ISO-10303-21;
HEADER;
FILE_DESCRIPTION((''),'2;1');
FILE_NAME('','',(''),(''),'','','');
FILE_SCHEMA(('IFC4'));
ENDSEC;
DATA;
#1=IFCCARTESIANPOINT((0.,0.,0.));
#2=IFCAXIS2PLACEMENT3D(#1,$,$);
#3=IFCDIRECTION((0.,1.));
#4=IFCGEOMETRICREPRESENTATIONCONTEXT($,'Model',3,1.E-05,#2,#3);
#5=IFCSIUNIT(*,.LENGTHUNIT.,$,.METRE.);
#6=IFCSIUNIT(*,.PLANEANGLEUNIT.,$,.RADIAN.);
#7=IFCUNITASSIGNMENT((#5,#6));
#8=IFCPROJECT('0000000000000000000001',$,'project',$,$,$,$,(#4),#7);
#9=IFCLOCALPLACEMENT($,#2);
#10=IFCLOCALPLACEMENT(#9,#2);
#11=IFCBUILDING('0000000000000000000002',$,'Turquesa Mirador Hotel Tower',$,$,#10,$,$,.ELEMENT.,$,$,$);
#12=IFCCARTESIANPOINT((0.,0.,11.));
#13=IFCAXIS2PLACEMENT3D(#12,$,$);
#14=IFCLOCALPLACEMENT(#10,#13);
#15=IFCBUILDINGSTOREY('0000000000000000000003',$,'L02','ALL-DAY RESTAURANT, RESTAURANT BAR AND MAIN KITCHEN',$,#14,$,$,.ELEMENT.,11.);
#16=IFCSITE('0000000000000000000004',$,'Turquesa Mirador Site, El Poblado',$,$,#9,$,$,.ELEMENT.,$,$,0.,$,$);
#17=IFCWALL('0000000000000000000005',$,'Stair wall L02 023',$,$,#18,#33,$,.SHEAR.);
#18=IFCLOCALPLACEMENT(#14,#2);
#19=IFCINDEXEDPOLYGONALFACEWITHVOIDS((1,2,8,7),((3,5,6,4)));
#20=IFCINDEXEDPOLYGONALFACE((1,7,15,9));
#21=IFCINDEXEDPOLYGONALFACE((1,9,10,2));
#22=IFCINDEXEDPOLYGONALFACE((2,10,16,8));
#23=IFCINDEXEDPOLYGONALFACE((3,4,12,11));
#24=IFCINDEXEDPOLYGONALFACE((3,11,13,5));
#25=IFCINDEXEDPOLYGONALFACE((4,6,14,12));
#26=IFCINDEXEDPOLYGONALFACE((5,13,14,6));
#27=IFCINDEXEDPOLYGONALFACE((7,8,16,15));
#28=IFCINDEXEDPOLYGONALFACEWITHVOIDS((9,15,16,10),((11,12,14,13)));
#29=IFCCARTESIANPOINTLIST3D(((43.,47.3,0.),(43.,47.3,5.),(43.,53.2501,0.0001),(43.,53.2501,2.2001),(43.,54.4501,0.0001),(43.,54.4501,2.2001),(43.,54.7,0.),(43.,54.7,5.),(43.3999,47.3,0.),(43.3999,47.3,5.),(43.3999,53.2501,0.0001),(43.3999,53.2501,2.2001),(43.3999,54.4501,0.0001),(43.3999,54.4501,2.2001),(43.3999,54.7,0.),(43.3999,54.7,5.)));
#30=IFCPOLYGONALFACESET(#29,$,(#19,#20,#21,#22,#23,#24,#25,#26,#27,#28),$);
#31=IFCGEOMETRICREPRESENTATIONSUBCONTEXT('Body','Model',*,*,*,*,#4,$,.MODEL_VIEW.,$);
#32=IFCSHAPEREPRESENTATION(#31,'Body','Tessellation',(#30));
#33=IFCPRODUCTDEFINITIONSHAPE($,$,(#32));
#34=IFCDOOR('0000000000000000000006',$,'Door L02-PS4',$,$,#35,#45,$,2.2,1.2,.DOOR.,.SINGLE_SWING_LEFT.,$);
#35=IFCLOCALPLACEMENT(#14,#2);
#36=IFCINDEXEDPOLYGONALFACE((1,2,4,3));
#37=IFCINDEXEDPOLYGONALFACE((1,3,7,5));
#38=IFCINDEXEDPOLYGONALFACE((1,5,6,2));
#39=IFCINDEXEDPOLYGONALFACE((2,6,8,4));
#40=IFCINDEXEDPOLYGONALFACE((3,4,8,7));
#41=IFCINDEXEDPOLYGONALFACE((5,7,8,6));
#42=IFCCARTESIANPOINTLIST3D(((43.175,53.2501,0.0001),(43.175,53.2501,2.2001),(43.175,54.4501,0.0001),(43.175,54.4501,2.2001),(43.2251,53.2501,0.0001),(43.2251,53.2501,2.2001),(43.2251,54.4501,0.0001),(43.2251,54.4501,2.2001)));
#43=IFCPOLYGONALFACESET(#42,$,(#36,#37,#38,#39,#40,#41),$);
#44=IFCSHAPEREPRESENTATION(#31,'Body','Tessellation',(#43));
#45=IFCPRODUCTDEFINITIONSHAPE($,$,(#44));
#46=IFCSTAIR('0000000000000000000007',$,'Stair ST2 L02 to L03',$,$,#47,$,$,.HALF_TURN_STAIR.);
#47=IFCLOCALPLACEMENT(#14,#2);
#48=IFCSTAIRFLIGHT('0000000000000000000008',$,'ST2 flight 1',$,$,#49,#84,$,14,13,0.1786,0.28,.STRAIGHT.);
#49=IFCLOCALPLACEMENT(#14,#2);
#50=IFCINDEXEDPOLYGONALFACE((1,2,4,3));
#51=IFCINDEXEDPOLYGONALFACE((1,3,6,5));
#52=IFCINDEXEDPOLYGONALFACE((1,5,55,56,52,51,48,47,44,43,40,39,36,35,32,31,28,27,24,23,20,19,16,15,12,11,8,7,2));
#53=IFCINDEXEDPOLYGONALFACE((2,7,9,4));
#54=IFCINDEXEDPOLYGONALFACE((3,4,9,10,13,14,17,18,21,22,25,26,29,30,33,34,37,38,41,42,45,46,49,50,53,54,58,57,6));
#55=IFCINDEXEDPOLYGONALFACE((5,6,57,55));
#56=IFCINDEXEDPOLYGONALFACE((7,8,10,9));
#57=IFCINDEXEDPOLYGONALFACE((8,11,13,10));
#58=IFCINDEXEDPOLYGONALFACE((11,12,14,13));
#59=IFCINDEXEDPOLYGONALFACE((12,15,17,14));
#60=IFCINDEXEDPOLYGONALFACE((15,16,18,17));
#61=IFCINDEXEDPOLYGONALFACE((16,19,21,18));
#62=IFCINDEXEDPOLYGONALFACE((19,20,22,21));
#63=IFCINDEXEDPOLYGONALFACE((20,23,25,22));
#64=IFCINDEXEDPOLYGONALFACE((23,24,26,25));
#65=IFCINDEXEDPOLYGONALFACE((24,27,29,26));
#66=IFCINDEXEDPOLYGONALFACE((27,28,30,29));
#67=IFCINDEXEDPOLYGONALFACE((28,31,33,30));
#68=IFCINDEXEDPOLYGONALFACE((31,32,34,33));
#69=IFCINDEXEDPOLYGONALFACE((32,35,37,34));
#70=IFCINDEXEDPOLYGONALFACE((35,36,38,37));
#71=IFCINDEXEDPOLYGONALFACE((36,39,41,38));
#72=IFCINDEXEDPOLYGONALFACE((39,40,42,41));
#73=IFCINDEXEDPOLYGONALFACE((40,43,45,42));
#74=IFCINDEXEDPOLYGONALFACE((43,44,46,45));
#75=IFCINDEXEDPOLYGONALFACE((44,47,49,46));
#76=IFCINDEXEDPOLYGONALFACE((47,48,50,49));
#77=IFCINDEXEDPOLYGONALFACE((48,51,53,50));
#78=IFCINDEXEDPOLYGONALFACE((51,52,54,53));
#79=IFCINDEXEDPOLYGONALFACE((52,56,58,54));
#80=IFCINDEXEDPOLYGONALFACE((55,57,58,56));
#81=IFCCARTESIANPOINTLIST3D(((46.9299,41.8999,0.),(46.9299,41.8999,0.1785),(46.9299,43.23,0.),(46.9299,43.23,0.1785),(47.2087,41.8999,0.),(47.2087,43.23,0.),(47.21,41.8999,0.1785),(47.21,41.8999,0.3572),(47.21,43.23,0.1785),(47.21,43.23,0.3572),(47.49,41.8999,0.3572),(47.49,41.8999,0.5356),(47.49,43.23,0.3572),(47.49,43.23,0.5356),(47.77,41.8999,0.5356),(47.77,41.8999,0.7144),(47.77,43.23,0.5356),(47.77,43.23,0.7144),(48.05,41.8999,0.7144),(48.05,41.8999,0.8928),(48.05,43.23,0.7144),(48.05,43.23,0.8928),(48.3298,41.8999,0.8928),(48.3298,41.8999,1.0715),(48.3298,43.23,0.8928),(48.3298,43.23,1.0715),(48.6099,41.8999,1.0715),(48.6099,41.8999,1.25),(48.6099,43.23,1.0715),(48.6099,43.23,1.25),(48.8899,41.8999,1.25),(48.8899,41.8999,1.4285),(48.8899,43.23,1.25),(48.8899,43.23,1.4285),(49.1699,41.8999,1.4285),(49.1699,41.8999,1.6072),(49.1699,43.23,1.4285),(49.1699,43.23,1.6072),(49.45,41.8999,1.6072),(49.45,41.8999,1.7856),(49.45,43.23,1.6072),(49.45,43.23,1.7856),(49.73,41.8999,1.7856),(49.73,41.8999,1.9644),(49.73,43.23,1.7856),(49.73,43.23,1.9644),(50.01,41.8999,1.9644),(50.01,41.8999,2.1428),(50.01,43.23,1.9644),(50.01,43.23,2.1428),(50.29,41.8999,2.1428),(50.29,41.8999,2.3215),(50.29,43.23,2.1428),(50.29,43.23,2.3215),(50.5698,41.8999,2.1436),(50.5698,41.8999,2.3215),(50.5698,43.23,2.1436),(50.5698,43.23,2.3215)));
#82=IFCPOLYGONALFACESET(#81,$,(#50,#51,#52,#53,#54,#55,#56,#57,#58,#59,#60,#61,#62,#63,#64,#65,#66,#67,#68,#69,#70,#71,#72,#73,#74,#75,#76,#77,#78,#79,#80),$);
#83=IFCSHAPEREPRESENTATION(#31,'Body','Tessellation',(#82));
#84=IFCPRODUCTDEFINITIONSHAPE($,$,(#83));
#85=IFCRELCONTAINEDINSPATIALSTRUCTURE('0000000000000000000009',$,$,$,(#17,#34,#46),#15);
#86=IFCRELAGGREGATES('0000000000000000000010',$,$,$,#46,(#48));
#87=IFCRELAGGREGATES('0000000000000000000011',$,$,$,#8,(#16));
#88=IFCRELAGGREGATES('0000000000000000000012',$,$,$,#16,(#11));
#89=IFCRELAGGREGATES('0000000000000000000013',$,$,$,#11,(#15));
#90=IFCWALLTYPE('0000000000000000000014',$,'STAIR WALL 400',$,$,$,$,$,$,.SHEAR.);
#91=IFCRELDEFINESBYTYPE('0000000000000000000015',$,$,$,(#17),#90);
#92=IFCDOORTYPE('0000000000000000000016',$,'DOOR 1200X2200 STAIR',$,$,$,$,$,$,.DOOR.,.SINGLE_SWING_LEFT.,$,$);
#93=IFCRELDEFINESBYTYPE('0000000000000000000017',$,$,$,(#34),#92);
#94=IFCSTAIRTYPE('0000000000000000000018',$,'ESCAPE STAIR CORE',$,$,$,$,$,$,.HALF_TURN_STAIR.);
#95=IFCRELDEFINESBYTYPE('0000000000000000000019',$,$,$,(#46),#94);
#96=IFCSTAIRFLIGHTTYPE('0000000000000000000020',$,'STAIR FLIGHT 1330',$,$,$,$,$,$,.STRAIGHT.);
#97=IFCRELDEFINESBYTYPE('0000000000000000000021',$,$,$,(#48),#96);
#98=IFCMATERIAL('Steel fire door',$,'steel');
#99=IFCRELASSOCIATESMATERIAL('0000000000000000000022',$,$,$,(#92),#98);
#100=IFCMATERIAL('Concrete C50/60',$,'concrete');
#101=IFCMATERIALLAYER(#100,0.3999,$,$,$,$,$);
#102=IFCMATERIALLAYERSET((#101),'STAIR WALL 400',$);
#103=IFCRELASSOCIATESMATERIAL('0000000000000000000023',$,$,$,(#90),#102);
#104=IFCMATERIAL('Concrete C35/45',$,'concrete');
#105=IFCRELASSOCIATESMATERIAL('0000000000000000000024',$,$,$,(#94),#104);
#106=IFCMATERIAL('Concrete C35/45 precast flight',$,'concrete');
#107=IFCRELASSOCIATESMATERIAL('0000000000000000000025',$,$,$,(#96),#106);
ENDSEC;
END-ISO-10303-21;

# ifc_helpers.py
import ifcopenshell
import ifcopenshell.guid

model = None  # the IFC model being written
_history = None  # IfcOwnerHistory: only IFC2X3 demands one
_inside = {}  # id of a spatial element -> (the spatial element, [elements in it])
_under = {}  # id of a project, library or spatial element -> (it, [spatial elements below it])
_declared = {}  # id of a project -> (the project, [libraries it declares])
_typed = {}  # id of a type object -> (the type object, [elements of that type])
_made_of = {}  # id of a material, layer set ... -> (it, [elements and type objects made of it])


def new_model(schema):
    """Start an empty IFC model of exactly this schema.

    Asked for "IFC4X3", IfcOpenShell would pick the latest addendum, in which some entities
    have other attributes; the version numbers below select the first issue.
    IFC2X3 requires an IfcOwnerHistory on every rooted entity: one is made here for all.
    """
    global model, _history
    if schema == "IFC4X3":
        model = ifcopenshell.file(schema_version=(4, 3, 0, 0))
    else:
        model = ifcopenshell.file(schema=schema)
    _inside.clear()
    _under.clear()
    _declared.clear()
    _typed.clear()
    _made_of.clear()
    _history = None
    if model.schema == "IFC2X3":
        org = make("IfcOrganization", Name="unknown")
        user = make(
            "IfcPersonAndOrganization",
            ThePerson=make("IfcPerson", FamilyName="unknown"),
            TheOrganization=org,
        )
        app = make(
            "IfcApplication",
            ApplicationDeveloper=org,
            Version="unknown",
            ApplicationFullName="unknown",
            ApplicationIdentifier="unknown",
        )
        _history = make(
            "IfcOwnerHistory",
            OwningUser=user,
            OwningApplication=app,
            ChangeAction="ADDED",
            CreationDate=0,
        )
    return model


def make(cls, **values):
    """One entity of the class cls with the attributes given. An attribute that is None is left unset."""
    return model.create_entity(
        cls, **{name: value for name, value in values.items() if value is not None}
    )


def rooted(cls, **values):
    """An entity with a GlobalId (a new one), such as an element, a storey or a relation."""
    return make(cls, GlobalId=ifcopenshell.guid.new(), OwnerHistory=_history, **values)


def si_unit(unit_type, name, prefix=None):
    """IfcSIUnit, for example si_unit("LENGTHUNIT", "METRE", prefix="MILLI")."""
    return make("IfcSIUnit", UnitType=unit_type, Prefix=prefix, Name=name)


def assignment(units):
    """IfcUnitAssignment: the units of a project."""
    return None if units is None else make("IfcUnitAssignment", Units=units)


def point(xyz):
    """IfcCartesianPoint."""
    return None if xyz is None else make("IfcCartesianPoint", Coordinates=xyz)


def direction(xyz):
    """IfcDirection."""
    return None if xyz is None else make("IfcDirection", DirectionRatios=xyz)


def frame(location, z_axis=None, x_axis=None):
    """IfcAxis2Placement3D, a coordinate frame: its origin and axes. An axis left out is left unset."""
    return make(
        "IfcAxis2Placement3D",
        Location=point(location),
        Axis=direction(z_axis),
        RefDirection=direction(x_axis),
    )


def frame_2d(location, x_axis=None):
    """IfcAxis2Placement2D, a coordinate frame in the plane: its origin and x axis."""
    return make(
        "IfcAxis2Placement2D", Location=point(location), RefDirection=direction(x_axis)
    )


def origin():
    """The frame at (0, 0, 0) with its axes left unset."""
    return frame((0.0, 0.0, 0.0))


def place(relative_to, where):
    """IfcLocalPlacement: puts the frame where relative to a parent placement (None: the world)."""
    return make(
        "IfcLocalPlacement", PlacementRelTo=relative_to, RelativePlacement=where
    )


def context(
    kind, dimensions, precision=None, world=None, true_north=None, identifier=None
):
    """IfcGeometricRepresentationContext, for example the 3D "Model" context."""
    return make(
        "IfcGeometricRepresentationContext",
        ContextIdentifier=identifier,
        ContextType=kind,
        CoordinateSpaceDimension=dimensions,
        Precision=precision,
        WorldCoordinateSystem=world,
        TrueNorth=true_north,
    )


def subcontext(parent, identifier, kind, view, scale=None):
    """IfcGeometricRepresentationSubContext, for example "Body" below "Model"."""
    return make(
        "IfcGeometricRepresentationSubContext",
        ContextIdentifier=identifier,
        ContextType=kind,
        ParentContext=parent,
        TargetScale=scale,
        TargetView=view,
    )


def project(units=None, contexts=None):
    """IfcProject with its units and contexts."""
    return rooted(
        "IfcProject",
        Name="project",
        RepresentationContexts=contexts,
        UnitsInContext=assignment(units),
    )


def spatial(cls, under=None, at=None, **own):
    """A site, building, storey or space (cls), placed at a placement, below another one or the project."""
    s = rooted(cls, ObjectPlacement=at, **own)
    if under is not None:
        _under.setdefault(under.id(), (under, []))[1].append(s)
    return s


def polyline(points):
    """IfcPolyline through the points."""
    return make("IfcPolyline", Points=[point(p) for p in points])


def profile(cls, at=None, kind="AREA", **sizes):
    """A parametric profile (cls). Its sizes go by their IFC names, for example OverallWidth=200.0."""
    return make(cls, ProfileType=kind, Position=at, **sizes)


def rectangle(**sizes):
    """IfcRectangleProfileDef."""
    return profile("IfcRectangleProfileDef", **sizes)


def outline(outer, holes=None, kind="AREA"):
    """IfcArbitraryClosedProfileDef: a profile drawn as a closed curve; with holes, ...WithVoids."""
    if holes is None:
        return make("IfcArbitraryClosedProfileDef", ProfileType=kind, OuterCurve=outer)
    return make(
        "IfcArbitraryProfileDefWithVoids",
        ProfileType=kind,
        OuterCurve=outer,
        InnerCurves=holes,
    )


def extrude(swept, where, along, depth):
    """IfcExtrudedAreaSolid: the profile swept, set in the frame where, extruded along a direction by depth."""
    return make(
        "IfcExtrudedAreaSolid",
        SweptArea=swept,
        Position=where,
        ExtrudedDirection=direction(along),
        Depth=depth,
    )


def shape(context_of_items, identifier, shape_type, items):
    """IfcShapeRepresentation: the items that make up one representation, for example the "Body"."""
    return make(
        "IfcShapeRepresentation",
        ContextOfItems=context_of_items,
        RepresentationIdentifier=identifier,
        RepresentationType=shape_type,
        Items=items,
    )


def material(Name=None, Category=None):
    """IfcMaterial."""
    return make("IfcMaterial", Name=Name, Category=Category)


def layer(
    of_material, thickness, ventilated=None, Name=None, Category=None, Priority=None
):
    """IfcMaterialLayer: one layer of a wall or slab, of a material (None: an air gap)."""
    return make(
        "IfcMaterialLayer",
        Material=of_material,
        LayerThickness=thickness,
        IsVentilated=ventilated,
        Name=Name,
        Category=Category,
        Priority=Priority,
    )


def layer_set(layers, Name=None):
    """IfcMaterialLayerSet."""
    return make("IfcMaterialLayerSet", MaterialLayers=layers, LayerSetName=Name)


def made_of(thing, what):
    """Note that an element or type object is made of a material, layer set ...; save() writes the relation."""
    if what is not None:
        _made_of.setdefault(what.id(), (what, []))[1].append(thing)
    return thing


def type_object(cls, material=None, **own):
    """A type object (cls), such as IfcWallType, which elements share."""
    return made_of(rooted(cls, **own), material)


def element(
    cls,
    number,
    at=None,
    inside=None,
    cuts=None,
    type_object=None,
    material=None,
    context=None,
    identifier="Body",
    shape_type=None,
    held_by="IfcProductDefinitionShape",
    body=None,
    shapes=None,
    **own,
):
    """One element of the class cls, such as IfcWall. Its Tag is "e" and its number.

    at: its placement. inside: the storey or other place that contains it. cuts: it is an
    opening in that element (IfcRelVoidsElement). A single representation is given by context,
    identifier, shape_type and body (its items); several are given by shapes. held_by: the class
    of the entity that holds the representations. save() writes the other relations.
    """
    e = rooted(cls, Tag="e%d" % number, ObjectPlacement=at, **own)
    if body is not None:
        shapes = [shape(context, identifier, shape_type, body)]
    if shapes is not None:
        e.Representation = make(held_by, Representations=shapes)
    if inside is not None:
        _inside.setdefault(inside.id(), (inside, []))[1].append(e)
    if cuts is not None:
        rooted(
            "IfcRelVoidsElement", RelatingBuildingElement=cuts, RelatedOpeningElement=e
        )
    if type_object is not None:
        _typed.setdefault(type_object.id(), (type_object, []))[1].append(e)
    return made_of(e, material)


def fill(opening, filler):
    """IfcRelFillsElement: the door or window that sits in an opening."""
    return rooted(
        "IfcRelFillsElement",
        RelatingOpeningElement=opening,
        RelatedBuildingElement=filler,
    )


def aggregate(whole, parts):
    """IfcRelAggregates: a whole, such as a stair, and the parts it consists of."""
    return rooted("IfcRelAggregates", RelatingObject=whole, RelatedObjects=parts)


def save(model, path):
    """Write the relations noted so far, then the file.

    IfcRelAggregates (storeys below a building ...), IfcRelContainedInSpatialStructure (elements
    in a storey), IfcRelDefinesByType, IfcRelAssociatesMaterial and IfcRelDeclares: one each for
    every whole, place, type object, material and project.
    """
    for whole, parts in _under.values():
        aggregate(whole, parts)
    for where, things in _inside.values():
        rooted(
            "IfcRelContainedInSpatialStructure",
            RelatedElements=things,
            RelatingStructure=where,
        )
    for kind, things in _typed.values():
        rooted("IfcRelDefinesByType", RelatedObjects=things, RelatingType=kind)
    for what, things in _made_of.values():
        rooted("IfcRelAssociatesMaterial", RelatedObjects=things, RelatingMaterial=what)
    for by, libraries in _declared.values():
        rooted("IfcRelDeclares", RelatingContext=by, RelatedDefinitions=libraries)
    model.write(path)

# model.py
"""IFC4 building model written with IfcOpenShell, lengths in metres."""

from ifc_helpers import new_model, si_unit, direction, frame, frame_2d, origin, place, context, subcontext, project, spatial, polyline, rectangle, outline, extrude, material, layer, layer_set, type_object, element, fill, aggregate, save


model = new_model("IFC4")

# Units and contexts
model_context = context("Model", 3, precision=1e-05, world=origin(), true_north=direction((0.0, 1.0)))
body_context = subcontext(model_context, "Body", "Model", "MODEL_VIEW")
ifc_project = project(units=[si_unit("LENGTHUNIT", "METRE"), si_unit("PLANEANGLEUNIT", "RADIAN")], contexts=[model_context])

# Site, building, storey
site_placement = place(None, origin())
site = spatial("IfcSite", under=ifc_project, at=site_placement, Name="Turquesa Mirador Site, El Poblado", CompositionType="ELEMENT", RefElevation=0.0)
building_placement = place(site_placement, origin())
building = spatial("IfcBuilding", under=site, at=building_placement, Name="Turquesa Mirador Hotel Tower", CompositionType="ELEMENT")
storey_placement = place(building_placement, frame((0.0, 0.0, 11.0)))
storey = spatial("IfcBuildingStorey", under=building, at=storey_placement, Name="L02", Description="ALL-DAY RESTAURANT, RESTAURANT BAR AND MAIN KITCHEN", CompositionType="ELEMENT", Elevation=11.0)

# Shared definitions
ifc_material_1 = material(Name="Steel fire door", Category="steel")
door_type_1 = type_object("IfcDoorType", Name="DOOR 1200X2200 STAIR", OperationType="SINGLE_SWING_LEFT", PredefinedType="DOOR", material=ifc_material_1)

# Shared definitions
ifc_material_2 = material(Name="Concrete C50/60", Category="concrete")
ifc_layer_1 = layer(ifc_material_2, 0.3999)
ifc_layer_set_1 = layer_set([ifc_layer_1], Name="STAIR WALL 400")
wall_type_1 = type_object("IfcWallType", Name="STAIR WALL 400", PredefinedType="SHEAR", material=ifc_layer_set_1)

# Wall, opening, door
wall_1_placement = place(storey_placement, frame((43.2, 47.3, 0.0), z_axis=(0.0, 0.0, 1.0), x_axis=(0.0, 1.0, 0.0)))
wall_1 = element("IfcWall", 1, at=wall_1_placement, inside=storey, type_object=wall_type_1, Name="Stair wall L02 023", PredefinedType="SHEAR", context=body_context, shape_type="SweptSolid", body=[
    extrude(rectangle(XDim=7.3999, YDim=0.3999, at=frame_2d((3.7, 0.0))), origin(), (0.0, 0.0, 1.0), 5.0),
])
opening_1_placement = place(wall_1_placement, frame((5.95, 0.0, 0.0)))
opening_1 = element("IfcOpeningElement", 2, at=opening_1_placement, cuts=wall_1, PredefinedType="OPENING", context=body_context, shape_type="SweptSolid", body=[
    extrude(rectangle(XDim=1.2, YDim=2.2, at=frame_2d((0.6001, 1.1001))), frame((0.0, 0.21, 0.0), z_axis=(0.0, -1.0, 0.0), x_axis=(1.0, 0.0, 0.0)), (0.0, 0.0, 1.0), 0.4199),
])
door_1_placement = place(opening_1_placement, origin())
door_1 = element("IfcDoor", 3, at=door_1_placement, inside=storey, type_object=door_type_1, Name="Door L02-PS4", OperationType="SINGLE_SWING_LEFT", OverallHeight=2.2, OverallWidth=1.2, PredefinedType="DOOR", context=body_context, shape_type="SweptSolid", body=[
    extrude(rectangle(XDim=1.2, YDim=2.2, at=frame_2d((0.6001, 1.1001))), frame((0.0, 0.0249, 0.0), z_axis=(0.0, -1.0, 0.0), x_axis=(1.0, 0.0, 0.0)), (0.0, 0.0, 1.0), 0.05),
])
fill(opening_1, door_1)

# Stair, stair flight
ifc_material_3 = material(Name="Concrete C35/45", Category="concrete")
stair_type = type_object("IfcStairType", Name="ESCAPE STAIR CORE", PredefinedType="HALF_TURN_STAIR", material=ifc_material_3)
stair_placement = place(storey_placement, origin())
stair = element("IfcStair", 4, at=stair_placement, inside=storey, type_object=stair_type, Name="Stair ST2 L02 to L03", PredefinedType="HALF_TURN_STAIR")
ifc_material_4 = material(Name="Concrete C35/45 precast flight", Category="concrete")
stair_flight_type = type_object("IfcStairFlightType", Name="STAIR FLIGHT 1330", PredefinedType="STRAIGHT", material=ifc_material_4)
stair_flight_placement = place(storey_placement, frame((46.9299, 42.5649, 0.0), z_axis=(0.0, 0.0, 1.0), x_axis=(1.0, 0.0, 0.0)))
stair_flight = element("IfcStairFlight", 5, at=stair_flight_placement, type_object=stair_flight_type, Name="ST2 flight 1", NumberOfRisers=14, NumberOfTreads=13, PredefinedType="STRAIGHT", RiserHeight=0.1786, TreadLength=0.28, context=body_context, shape_type="SweptSolid", body=[
    extrude(outline(polyline([(0.0, 0.0), (0.0, 0.1785), (0.28, 0.1785), (0.28, 0.3572), (0.5601, 0.3572), (0.5601, 0.5356), (0.8401, 0.5356), (0.8401, 0.7144), (1.1201, 0.7144), (1.1201, 0.8928), (1.3999, 0.8928), (1.3999, 1.0715), (1.6799, 1.0715), (1.6799, 1.25), (1.96, 1.25), (1.96, 1.4285), (2.24, 1.4285), (2.24, 1.6072), (2.52, 1.6072), (2.52, 1.7856), (2.8, 1.7856), (2.8, 1.9644), (3.0801, 1.9644), (3.0801, 2.1428), (3.3601, 2.1428), (3.3601, 2.3215), (3.6399, 2.3215), (3.6399, 2.5), (3.6399, 2.1436), (0.2788, 0.0), (0.0, 0.0)])), frame((0.0, 0.665, 0.0), z_axis=(0.0, -1.0, 0.0), x_axis=(1.0, 0.0, 0.0)), (0.0, 0.0, 1.0), 1.3301),
])
aggregate(stair, [stair_flight])

save(model, "model.ifc")
